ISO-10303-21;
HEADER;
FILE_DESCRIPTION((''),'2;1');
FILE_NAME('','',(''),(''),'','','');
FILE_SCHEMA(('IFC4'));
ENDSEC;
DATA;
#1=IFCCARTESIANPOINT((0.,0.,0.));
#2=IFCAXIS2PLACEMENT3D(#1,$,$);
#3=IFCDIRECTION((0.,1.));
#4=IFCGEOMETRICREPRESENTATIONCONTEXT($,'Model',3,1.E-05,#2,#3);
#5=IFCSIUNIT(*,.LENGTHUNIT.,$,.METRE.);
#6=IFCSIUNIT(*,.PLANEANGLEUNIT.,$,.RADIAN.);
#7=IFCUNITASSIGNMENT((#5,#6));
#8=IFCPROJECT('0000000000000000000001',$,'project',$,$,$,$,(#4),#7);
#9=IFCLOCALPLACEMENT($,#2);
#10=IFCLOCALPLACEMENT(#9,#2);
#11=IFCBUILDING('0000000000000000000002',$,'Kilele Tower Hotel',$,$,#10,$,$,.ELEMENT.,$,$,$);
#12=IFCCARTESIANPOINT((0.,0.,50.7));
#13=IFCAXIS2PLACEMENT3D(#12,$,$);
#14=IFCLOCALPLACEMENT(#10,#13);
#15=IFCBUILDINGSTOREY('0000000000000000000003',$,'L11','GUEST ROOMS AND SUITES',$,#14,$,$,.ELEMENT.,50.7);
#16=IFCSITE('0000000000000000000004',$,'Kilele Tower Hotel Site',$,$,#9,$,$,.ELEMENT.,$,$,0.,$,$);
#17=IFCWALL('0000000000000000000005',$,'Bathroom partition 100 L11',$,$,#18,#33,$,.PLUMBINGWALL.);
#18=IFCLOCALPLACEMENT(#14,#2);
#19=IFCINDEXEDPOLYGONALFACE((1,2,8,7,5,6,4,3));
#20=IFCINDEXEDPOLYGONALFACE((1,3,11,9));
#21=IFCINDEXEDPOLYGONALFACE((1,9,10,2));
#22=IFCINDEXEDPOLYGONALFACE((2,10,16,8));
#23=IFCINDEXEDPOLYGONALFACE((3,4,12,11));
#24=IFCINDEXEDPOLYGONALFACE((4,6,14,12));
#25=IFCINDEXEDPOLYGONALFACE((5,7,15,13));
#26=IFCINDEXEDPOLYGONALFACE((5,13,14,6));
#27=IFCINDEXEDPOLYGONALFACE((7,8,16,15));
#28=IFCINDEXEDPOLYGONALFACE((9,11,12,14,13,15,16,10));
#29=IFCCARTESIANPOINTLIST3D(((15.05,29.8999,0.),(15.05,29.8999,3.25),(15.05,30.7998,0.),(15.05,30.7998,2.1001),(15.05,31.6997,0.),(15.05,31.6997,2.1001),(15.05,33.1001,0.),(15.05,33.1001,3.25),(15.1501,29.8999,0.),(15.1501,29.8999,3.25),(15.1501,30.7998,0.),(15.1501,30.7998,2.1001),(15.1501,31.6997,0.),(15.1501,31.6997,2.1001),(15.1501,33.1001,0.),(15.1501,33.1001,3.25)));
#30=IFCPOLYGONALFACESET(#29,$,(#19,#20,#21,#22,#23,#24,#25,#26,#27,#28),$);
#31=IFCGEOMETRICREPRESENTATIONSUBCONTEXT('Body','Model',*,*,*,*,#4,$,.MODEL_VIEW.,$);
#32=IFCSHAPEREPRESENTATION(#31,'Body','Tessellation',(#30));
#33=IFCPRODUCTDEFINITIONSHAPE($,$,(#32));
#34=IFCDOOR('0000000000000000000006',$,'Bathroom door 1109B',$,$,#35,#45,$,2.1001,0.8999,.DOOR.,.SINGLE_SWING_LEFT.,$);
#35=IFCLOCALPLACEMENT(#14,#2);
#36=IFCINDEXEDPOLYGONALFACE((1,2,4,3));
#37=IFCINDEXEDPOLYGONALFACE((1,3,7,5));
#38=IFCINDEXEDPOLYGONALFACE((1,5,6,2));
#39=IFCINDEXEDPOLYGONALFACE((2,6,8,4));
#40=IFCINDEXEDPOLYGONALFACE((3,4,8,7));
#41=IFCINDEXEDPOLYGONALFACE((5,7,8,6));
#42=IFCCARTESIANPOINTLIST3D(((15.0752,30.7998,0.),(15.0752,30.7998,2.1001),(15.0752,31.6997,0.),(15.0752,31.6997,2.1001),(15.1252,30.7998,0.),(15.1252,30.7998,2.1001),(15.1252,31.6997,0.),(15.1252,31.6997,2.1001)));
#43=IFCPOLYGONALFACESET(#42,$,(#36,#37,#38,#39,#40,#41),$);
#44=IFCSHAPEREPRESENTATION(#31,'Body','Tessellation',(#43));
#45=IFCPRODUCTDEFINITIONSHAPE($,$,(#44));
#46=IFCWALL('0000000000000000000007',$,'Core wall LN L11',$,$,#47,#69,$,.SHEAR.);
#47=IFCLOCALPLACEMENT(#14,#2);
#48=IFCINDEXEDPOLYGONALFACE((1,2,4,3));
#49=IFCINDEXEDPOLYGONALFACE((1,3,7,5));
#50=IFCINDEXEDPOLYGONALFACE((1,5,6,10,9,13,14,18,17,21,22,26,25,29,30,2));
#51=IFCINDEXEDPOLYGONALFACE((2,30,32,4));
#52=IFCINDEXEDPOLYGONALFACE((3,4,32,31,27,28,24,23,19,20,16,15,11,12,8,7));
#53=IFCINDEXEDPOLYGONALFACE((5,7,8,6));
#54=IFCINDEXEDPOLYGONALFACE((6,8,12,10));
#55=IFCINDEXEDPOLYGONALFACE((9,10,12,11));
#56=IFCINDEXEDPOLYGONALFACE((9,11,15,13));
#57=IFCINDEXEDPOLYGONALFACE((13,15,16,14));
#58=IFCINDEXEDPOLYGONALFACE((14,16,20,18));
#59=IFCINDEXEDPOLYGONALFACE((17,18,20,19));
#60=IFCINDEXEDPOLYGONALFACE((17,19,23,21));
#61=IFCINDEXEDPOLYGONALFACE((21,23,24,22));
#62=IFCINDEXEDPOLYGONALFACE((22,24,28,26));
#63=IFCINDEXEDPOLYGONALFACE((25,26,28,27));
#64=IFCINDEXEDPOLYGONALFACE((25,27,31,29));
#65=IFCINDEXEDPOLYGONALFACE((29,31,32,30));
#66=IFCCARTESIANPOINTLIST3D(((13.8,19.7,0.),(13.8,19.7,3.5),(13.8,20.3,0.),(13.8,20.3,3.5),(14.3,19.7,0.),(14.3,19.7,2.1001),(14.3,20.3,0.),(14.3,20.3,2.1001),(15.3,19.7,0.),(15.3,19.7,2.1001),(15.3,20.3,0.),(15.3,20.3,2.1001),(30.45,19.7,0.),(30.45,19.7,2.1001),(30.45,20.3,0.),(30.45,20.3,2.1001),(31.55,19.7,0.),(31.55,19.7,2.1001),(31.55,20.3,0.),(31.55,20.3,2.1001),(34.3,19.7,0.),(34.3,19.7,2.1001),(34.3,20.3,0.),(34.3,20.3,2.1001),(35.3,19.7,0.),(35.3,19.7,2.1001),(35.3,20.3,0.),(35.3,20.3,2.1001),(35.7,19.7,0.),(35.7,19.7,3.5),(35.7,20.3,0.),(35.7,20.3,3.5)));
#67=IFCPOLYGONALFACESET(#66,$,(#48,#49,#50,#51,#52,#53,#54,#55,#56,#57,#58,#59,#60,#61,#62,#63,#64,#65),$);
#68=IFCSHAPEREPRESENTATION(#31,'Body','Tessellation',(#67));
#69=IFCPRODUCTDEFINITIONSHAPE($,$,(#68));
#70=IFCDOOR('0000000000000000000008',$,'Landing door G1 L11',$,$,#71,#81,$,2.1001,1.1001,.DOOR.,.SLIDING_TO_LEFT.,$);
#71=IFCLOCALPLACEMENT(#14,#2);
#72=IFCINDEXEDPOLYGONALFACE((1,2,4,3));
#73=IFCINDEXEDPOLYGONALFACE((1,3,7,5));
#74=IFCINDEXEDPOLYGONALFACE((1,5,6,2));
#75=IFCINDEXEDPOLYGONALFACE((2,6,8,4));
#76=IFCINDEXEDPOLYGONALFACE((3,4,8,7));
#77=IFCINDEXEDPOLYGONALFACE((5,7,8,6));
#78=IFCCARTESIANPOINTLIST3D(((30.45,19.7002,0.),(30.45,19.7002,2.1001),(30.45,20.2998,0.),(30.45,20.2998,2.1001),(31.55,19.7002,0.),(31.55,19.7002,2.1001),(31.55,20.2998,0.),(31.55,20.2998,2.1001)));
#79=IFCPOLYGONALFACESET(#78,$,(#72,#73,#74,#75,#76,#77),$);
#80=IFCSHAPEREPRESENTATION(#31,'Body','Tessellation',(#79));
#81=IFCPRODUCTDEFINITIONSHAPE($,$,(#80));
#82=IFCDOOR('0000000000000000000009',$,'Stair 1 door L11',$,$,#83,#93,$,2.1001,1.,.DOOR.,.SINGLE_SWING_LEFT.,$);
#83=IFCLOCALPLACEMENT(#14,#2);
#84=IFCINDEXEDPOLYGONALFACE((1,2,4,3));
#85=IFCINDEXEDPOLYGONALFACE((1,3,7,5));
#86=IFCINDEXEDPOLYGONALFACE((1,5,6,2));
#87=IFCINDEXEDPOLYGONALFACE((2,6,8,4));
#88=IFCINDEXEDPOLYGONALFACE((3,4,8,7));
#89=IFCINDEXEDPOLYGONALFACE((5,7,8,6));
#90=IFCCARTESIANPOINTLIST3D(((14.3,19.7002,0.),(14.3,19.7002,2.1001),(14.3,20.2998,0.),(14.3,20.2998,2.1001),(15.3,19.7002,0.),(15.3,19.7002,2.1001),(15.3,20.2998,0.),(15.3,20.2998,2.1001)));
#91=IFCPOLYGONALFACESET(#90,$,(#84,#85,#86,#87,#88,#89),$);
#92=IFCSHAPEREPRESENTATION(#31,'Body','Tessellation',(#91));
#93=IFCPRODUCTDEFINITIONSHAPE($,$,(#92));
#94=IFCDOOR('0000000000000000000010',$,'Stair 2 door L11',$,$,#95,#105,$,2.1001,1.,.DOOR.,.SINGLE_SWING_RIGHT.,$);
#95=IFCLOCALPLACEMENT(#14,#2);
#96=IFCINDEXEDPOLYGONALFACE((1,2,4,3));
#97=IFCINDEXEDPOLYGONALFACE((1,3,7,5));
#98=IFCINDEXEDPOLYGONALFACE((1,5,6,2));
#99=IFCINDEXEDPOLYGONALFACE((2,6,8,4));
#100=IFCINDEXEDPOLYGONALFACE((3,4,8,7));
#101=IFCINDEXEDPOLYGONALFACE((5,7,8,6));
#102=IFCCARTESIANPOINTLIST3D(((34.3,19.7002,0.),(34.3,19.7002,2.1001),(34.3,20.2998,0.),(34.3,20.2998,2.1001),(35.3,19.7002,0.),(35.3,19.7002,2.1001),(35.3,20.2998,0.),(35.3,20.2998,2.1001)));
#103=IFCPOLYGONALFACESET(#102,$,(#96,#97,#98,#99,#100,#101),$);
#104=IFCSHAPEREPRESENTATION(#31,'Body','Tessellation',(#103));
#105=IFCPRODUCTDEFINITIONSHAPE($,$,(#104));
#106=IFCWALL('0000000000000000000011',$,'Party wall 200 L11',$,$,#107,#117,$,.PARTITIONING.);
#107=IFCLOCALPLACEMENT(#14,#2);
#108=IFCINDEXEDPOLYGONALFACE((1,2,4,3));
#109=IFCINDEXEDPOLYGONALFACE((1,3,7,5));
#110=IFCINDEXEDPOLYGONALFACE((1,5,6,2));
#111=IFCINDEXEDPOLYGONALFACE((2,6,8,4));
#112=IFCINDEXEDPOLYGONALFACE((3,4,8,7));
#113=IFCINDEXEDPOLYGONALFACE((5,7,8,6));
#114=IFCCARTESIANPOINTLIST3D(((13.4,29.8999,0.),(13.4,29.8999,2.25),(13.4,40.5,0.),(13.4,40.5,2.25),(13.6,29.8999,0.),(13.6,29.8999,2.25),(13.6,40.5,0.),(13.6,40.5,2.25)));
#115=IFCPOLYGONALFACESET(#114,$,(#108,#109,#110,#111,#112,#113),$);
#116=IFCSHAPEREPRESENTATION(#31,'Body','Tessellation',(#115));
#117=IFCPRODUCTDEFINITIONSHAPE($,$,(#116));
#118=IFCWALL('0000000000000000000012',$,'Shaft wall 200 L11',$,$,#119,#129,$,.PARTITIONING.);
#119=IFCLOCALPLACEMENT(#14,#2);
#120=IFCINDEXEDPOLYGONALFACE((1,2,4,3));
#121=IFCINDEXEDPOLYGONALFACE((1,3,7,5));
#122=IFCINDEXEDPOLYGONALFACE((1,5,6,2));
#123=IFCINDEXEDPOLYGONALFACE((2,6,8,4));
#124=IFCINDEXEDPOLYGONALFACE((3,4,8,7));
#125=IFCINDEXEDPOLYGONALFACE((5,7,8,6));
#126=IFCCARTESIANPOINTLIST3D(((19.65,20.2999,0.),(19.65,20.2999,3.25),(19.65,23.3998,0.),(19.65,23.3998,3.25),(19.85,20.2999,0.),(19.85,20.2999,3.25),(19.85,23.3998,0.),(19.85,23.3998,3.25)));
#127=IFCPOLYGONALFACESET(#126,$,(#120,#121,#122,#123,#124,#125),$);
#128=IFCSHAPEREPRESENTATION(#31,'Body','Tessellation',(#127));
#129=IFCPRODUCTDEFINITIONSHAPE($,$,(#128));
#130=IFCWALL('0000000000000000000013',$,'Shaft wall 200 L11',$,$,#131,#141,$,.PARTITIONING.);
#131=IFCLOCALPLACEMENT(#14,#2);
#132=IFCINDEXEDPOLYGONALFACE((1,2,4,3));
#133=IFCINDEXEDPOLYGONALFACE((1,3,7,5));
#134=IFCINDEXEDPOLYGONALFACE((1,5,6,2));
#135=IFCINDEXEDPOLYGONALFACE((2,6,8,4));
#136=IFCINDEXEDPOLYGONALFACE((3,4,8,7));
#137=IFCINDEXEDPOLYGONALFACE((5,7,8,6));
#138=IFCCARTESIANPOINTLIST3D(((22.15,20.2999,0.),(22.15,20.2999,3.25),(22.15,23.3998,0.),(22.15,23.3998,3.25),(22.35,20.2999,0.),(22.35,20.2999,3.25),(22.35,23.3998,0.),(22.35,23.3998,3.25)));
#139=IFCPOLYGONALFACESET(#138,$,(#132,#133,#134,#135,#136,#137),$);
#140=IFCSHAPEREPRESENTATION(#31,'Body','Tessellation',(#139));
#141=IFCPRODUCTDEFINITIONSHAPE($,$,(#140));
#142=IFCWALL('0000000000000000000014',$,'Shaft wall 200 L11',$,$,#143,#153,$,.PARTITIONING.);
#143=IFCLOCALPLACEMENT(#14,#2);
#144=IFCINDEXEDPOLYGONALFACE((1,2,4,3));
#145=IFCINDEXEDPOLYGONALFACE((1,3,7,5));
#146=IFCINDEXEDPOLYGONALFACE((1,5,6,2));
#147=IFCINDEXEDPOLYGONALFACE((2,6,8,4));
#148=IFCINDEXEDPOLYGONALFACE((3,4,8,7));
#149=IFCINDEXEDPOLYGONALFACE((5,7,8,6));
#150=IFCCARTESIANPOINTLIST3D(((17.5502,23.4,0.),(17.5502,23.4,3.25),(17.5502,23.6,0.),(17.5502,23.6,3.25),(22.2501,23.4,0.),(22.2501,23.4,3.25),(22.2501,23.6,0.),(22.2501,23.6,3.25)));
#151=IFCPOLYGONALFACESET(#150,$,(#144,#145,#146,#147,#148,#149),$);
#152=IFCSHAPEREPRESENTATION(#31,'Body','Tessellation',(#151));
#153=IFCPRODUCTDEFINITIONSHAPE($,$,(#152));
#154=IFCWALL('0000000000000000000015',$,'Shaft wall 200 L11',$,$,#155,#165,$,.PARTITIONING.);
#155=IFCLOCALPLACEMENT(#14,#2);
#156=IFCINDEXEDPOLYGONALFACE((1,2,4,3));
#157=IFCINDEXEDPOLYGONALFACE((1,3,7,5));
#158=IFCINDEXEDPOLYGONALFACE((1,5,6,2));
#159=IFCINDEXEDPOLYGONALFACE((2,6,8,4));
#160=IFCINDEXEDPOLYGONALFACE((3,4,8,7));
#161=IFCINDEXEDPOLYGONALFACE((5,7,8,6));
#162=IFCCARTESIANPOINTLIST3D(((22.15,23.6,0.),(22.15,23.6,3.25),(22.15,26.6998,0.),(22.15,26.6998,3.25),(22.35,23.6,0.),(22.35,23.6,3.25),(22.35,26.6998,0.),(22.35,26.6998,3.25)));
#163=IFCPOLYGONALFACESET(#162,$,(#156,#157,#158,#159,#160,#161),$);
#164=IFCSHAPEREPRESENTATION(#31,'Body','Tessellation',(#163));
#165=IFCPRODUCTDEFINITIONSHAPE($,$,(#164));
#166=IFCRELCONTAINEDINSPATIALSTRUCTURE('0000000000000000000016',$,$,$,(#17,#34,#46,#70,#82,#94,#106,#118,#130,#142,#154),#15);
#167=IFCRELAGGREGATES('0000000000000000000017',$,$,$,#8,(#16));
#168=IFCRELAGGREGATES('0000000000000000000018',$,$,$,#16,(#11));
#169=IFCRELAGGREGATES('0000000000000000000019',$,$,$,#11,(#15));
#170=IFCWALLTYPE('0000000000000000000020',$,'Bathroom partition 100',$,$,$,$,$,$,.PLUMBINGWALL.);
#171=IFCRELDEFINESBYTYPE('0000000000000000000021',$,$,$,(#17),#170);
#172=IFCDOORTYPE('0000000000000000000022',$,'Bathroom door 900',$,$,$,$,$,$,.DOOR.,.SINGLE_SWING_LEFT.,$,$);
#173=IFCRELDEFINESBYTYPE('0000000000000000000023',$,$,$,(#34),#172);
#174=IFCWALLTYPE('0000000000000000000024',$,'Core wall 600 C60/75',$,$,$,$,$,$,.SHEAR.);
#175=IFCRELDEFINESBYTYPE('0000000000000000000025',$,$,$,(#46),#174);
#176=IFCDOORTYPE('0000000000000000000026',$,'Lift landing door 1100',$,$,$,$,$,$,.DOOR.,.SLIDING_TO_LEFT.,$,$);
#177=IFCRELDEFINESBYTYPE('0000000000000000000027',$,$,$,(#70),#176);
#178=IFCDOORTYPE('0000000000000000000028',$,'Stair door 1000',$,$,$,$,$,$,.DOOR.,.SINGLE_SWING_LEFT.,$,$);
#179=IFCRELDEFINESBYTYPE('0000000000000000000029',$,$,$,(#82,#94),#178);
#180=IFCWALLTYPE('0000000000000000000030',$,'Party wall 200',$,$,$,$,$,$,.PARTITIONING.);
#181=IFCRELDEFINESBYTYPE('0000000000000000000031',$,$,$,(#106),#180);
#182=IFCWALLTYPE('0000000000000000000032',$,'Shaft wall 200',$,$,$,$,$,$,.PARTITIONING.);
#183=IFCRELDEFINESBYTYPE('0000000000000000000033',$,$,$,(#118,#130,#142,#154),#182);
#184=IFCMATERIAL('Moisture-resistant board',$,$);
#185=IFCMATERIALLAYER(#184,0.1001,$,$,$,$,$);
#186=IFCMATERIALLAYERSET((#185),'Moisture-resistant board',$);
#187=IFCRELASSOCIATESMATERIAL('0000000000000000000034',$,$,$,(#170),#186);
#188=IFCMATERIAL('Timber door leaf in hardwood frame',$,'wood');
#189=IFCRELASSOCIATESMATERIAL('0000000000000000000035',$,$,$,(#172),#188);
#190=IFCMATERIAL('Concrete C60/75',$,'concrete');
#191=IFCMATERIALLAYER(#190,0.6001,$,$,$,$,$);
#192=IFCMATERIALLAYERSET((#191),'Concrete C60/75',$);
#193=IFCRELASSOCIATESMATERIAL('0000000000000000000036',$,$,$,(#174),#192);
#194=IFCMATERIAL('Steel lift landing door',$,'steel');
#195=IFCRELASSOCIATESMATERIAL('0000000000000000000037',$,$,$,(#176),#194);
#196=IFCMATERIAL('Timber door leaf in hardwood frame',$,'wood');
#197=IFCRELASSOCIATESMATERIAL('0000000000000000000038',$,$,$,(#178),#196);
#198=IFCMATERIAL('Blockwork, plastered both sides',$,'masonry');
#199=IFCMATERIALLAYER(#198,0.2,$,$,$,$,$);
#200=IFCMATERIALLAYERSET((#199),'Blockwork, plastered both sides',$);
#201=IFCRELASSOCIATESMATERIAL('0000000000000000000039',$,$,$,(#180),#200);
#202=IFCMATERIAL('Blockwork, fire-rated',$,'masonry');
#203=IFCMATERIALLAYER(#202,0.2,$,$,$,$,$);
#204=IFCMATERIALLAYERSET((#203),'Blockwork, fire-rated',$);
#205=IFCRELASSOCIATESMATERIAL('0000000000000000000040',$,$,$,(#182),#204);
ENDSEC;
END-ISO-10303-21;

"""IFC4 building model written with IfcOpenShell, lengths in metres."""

from ifc_helpers import new_model, si_unit, direction, frame, frame_2d, origin, place, context, subcontext, project, spatial, rectangle, extrude, material, layer, layer_set, type_object, element, fill, save


model = new_model("IFC4")

# Units and contexts
model_context = context("Model", 3, precision=1e-05, world=origin(), true_north=direction((0.0, 1.0)))
body_context = subcontext(model_context, "Body", "Model", "MODEL_VIEW")
ifc_project = project(units=[si_unit("LENGTHUNIT", "METRE"), si_unit("PLANEANGLEUNIT", "RADIAN")], contexts=[model_context])

# Site, building, storey
site_placement = place(None, origin())
site = spatial("IfcSite", under=ifc_project, at=site_placement, Name="Kilele Tower Hotel Site", CompositionType="ELEMENT", RefElevation=0.0)
building_placement = place(site_placement, origin())
building = spatial("IfcBuilding", under=site, at=building_placement, Name="Kilele Tower Hotel", CompositionType="ELEMENT")
storey_placement = place(building_placement, frame((0.0, 0.0, 50.7)))
storey = spatial("IfcBuildingStorey", under=building, at=storey_placement, Name="L11", Description="GUEST ROOMS AND SUITES", CompositionType="ELEMENT", Elevation=50.7)

# Wall, opening, door
ifc_material_1 = material(Name="Moisture-resistant board")
ifc_layer_1 = layer(ifc_material_1, 0.1001)
ifc_layer_set_1 = layer_set([ifc_layer_1], Name="Moisture-resistant board")
wall_type_1 = type_object("IfcWallType", Name="Bathroom partition 100", PredefinedType="PLUMBINGWALL", material=ifc_layer_set_1)
wall_1_placement = place(storey_placement, frame((15.1001, 29.8999, 0.0), z_axis=(0.0, 0.0, 1.0), x_axis=(0.0, 1.0, 0.0)))
wall_1 = element("IfcWall", 1, at=wall_1_placement, inside=storey, type_object=wall_type_1, Name="Bathroom partition 100 L11", PredefinedType="PLUMBINGWALL", context=body_context, shape_type="SweptSolid", body=[
    extrude(rectangle(XDim=3.2002, YDim=0.1001, at=frame_2d((1.6001, 0.0))), origin(), (0.0, 0.0, 1.0), 3.25),
])
opening_1_placement = place(wall_1_placement, frame((0.8999, 0.0, 0.0)))
opening_1 = element("IfcOpeningElement", 2, at=opening_1_placement, cuts=wall_1, PredefinedType="OPENING", context=body_context, shape_type="SweptSolid", body=[
    extrude(rectangle(XDim=0.8999, YDim=2.1001, at=frame_2d((0.45, 1.05))), frame((0.0, 0.0601, 0.0), z_axis=(0.0, -1.0, 0.0), x_axis=(1.0, 0.0, 0.0)), (0.0, 0.0, 1.0), 0.1201),
])
ifc_material_2 = material(Name="Timber door leaf in hardwood frame", Category="wood")
door_type_1 = type_object("IfcDoorType", Name="Bathroom door 900", OperationType="SINGLE_SWING_LEFT", PredefinedType="DOOR", material=ifc_material_2)
door_1_placement = place(opening_1_placement, origin())
door_1 = element("IfcDoor", 3, at=door_1_placement, inside=storey, type_object=door_type_1, Name="Bathroom door 1109B", OperationType="SINGLE_SWING_LEFT", OverallHeight=2.1001, OverallWidth=0.8999, PredefinedType="DOOR", context=body_context, shape_type="SweptSolid", body=[
    extrude(rectangle(XDim=0.8999, YDim=2.1001, at=frame_2d((0.45, 1.05))), frame((0.0, 0.0249, 0.0), z_axis=(0.0, -1.0, 0.0), x_axis=(1.0, 0.0, 0.0)), (0.0, 0.0, 1.0), 0.05),
])
fill(opening_1, door_1)

# Wall, openings, doors
ifc_material_3 = material(Name="Concrete C60/75", Category="concrete")
ifc_layer_2 = layer(ifc_material_3, 0.6001)
ifc_layer_set_2 = layer_set([ifc_layer_2], Name="Concrete C60/75")
wall_type_2 = type_object("IfcWallType", Name="Core wall 600 C60/75", PredefinedType="SHEAR", material=ifc_layer_set_2)
wall_2_placement = place(storey_placement, frame((13.8, 20.0, 0.0), z_axis=(0.0, 0.0, 1.0), x_axis=(1.0, 0.0, 0.0)))
wall_2 = element("IfcWall", 4, at=wall_2_placement, inside=storey, type_object=wall_type_2, Name="Core wall LN L11", PredefinedType="SHEAR", context=body_context, shape_type="SweptSolid", body=[
    extrude(rectangle(XDim=21.8999, YDim=0.6001, at=frame_2d((10.95, 0.0))), origin(), (0.0, 0.0, 1.0), 3.5),
])
opening_2_placement = place(wall_2_placement, frame((0.5, 0.0, 0.0)))
opening_2 = element("IfcOpeningElement", 5, at=opening_2_placement, cuts=wall_2, PredefinedType="OPENING", context=body_context, shape_type="SweptSolid", body=[
    extrude(rectangle(XDim=1.0, YDim=2.1001, at=frame_2d((0.5, 1.05))), frame((0.0, 0.3101, 0.0), z_axis=(0.0, -1.0, 0.0), x_axis=(1.0, 0.0, 0.0)), (0.0, 0.0, 1.0), 0.6201),
])
opening_3_placement = place(wall_2_placement, frame((20.5, 0.0, 0.0)))
opening_3 = element("IfcOpeningElement", 6, at=opening_3_placement, cuts=wall_2, PredefinedType="OPENING", context=body_context, shape_type="SweptSolid", body=[
    extrude(rectangle(XDim=1.0, YDim=2.1001, at=frame_2d((0.5, 1.05))), frame((0.0, 0.3101, 0.0), z_axis=(0.0, -1.0, 0.0), x_axis=(1.0, 0.0, 0.0)), (0.0, 0.0, 1.0), 0.6201),
])
opening_4_placement = place(wall_2_placement, frame((16.6499, 0.0, 0.0)))
opening_4 = element("IfcOpeningElement", 7, at=opening_4_placement, cuts=wall_2, PredefinedType="OPENING", context=body_context, shape_type="SweptSolid", body=[
    extrude(rectangle(XDim=1.1001, YDim=2.1001, at=frame_2d((0.55, 1.05))), frame((0.0, 0.3101, 0.0), z_axis=(0.0, -1.0, 0.0), x_axis=(1.0, 0.0, 0.0)), (0.0, 0.0, 1.0), 0.6201),
])
ifc_material_4 = material(Name="Steel lift landing door", Category="steel")
door_type_2 = type_object("IfcDoorType", Name="Lift landing door 1100", OperationType="SLIDING_TO_LEFT", PredefinedType="DOOR", material=ifc_material_4)
door_2_placement = place(opening_4_placement, origin())
door_2 = element("IfcDoor", 8, at=door_2_placement, inside=storey, type_object=door_type_2, Name="Landing door G1 L11", OperationType="SLIDING_TO_LEFT", OverallHeight=2.1001, OverallWidth=1.1001, PredefinedType="DOOR", context=body_context, shape_type="SweptSolid", body=[
    extrude(rectangle(XDim=1.1001, YDim=2.1001, at=frame_2d((0.55, 1.05))), frame((0.0, 0.2998, 0.0), z_axis=(0.0, -1.0, 0.0), x_axis=(1.0, 0.0, 0.0)), (0.0, 0.0, 1.0), 0.5996),
])
fill(opening_4, door_2)
ifc_material_5 = material(Name="Timber door leaf in hardwood frame", Category="wood")
door_type_3 = type_object("IfcDoorType", Name="Stair door 1000", OperationType="SINGLE_SWING_LEFT", PredefinedType="DOOR", material=ifc_material_5)
door_3_placement = place(opening_2_placement, origin())
door_3 = element("IfcDoor", 9, at=door_3_placement, inside=storey, type_object=door_type_3, Name="Stair 1 door L11", OperationType="SINGLE_SWING_LEFT", OverallHeight=2.1001, OverallWidth=1.0, PredefinedType="DOOR", context=body_context, shape_type="SweptSolid", body=[
    extrude(rectangle(XDim=1.0, YDim=2.1001, at=frame_2d((0.5, 1.05))), frame((0.0, 0.2998, 0.0), z_axis=(0.0, -1.0, 0.0), x_axis=(1.0, 0.0, 0.0)), (0.0, 0.0, 1.0), 0.5996),
])
fill(opening_2, door_3)
door_4_placement = place(opening_3_placement, origin())
door_4 = element("IfcDoor", 10, at=door_4_placement, inside=storey, type_object=door_type_3, Name="Stair 2 door L11", OperationType="SINGLE_SWING_RIGHT", OverallHeight=2.1001, OverallWidth=1.0, PredefinedType="DOOR", context=body_context, shape_type="SweptSolid", body=[
    extrude(rectangle(XDim=1.0, YDim=2.1001, at=frame_2d((0.5, 1.05))), frame((0.0, 0.2998, 0.0), z_axis=(0.0, -1.0, 0.0), x_axis=(1.0, 0.0, 0.0)), (0.0, 0.0, 1.0), 0.5996),
])
fill(opening_3, door_4)

# Walls
ifc_material_6 = material(Name="Blockwork, plastered both sides", Category="masonry")
ifc_layer_3 = layer(ifc_material_6, 0.2)
ifc_layer_set_3 = layer_set([ifc_layer_3], Name="Blockwork, plastered both sides")
wall_type_3 = type_object("IfcWallType", Name="Party wall 200", PredefinedType="PARTITIONING", material=ifc_layer_set_3)
wall_3_placement = place(storey_placement, frame((13.5, 29.8999, 0.0), z_axis=(0.0, 0.0, 1.0), x_axis=(0.0, 1.0, 0.0)))
element("IfcWall", 11, at=wall_3_placement, inside=storey, type_object=wall_type_3, Name="Party wall 200 L11", PredefinedType="PARTITIONING", context=body_context, shape_type="SweptSolid", body=[
    extrude(rectangle(XDim=10.6001, YDim=0.2, at=frame_2d((5.3, 0.0))), origin(), (0.0, 0.0, 1.0), 2.25),
])
ifc_material_7 = material(Name="Blockwork, fire-rated", Category="masonry")
ifc_layer_4 = layer(ifc_material_7, 0.2)
ifc_layer_set_4 = layer_set([ifc_layer_4], Name="Blockwork, fire-rated")
wall_type_4 = type_object("IfcWallType", Name="Shaft wall 200", PredefinedType="PARTITIONING", material=ifc_layer_set_4)
for number, where, z_axis, x_axis, name in (
    (12, (19.75, 20.3, 0.0), (0.0, 0.0, 1.0), (0.0, 1.0, 0.0), "Shaft wall 200 L11"),
    (13, (22.25, 20.3, 0.0), (0.0, 0.0, 1.0), (0.0, 1.0, 0.0), "Shaft wall 200 L11"),
):
    element("IfcWall", number, at=place(storey_placement, frame(where, z_axis=z_axis, x_axis=x_axis)), inside=storey, type_object=wall_type_4, Name=name, PredefinedType="PARTITIONING", context=body_context, shape_type="SweptSolid", body=[
        extrude(rectangle(XDim=3.0999, YDim=0.2, at=frame_2d((1.5498, 0.0))), origin(), (0.0, 0.0, 1.0), 3.25),
    ])
wall_4_placement = place(storey_placement, frame((17.55, 23.5, 0.0), z_axis=(0.0, 0.0, 1.0), x_axis=(1.0, 0.0, 0.0)))
element("IfcWall", 14, at=wall_4_placement, inside=storey, type_object=wall_type_4, Name="Shaft wall 200 L11", PredefinedType="PARTITIONING", context=body_context, shape_type="SweptSolid", body=[
    extrude(rectangle(XDim=4.7, YDim=0.2, at=frame_2d((2.3501, 0.0))), origin(), (0.0, 0.0, 1.0), 3.25),
])
wall_5_placement = place(storey_placement, frame((22.25, 23.6001, 0.0), z_axis=(0.0, 0.0, 1.0), x_axis=(0.0, 1.0, 0.0)))
element("IfcWall", 15, at=wall_5_placement, inside=storey, type_object=wall_type_4, Name="Shaft wall 200 L11", PredefinedType="PARTITIONING", context=body_context, shape_type="SweptSolid", body=[
    extrude(rectangle(XDim=3.0999, YDim=0.2, at=frame_2d((1.5498, 0.0))), origin(), (0.0, 0.0, 1.0), 3.25),
])

save(model, "model.ifc")
